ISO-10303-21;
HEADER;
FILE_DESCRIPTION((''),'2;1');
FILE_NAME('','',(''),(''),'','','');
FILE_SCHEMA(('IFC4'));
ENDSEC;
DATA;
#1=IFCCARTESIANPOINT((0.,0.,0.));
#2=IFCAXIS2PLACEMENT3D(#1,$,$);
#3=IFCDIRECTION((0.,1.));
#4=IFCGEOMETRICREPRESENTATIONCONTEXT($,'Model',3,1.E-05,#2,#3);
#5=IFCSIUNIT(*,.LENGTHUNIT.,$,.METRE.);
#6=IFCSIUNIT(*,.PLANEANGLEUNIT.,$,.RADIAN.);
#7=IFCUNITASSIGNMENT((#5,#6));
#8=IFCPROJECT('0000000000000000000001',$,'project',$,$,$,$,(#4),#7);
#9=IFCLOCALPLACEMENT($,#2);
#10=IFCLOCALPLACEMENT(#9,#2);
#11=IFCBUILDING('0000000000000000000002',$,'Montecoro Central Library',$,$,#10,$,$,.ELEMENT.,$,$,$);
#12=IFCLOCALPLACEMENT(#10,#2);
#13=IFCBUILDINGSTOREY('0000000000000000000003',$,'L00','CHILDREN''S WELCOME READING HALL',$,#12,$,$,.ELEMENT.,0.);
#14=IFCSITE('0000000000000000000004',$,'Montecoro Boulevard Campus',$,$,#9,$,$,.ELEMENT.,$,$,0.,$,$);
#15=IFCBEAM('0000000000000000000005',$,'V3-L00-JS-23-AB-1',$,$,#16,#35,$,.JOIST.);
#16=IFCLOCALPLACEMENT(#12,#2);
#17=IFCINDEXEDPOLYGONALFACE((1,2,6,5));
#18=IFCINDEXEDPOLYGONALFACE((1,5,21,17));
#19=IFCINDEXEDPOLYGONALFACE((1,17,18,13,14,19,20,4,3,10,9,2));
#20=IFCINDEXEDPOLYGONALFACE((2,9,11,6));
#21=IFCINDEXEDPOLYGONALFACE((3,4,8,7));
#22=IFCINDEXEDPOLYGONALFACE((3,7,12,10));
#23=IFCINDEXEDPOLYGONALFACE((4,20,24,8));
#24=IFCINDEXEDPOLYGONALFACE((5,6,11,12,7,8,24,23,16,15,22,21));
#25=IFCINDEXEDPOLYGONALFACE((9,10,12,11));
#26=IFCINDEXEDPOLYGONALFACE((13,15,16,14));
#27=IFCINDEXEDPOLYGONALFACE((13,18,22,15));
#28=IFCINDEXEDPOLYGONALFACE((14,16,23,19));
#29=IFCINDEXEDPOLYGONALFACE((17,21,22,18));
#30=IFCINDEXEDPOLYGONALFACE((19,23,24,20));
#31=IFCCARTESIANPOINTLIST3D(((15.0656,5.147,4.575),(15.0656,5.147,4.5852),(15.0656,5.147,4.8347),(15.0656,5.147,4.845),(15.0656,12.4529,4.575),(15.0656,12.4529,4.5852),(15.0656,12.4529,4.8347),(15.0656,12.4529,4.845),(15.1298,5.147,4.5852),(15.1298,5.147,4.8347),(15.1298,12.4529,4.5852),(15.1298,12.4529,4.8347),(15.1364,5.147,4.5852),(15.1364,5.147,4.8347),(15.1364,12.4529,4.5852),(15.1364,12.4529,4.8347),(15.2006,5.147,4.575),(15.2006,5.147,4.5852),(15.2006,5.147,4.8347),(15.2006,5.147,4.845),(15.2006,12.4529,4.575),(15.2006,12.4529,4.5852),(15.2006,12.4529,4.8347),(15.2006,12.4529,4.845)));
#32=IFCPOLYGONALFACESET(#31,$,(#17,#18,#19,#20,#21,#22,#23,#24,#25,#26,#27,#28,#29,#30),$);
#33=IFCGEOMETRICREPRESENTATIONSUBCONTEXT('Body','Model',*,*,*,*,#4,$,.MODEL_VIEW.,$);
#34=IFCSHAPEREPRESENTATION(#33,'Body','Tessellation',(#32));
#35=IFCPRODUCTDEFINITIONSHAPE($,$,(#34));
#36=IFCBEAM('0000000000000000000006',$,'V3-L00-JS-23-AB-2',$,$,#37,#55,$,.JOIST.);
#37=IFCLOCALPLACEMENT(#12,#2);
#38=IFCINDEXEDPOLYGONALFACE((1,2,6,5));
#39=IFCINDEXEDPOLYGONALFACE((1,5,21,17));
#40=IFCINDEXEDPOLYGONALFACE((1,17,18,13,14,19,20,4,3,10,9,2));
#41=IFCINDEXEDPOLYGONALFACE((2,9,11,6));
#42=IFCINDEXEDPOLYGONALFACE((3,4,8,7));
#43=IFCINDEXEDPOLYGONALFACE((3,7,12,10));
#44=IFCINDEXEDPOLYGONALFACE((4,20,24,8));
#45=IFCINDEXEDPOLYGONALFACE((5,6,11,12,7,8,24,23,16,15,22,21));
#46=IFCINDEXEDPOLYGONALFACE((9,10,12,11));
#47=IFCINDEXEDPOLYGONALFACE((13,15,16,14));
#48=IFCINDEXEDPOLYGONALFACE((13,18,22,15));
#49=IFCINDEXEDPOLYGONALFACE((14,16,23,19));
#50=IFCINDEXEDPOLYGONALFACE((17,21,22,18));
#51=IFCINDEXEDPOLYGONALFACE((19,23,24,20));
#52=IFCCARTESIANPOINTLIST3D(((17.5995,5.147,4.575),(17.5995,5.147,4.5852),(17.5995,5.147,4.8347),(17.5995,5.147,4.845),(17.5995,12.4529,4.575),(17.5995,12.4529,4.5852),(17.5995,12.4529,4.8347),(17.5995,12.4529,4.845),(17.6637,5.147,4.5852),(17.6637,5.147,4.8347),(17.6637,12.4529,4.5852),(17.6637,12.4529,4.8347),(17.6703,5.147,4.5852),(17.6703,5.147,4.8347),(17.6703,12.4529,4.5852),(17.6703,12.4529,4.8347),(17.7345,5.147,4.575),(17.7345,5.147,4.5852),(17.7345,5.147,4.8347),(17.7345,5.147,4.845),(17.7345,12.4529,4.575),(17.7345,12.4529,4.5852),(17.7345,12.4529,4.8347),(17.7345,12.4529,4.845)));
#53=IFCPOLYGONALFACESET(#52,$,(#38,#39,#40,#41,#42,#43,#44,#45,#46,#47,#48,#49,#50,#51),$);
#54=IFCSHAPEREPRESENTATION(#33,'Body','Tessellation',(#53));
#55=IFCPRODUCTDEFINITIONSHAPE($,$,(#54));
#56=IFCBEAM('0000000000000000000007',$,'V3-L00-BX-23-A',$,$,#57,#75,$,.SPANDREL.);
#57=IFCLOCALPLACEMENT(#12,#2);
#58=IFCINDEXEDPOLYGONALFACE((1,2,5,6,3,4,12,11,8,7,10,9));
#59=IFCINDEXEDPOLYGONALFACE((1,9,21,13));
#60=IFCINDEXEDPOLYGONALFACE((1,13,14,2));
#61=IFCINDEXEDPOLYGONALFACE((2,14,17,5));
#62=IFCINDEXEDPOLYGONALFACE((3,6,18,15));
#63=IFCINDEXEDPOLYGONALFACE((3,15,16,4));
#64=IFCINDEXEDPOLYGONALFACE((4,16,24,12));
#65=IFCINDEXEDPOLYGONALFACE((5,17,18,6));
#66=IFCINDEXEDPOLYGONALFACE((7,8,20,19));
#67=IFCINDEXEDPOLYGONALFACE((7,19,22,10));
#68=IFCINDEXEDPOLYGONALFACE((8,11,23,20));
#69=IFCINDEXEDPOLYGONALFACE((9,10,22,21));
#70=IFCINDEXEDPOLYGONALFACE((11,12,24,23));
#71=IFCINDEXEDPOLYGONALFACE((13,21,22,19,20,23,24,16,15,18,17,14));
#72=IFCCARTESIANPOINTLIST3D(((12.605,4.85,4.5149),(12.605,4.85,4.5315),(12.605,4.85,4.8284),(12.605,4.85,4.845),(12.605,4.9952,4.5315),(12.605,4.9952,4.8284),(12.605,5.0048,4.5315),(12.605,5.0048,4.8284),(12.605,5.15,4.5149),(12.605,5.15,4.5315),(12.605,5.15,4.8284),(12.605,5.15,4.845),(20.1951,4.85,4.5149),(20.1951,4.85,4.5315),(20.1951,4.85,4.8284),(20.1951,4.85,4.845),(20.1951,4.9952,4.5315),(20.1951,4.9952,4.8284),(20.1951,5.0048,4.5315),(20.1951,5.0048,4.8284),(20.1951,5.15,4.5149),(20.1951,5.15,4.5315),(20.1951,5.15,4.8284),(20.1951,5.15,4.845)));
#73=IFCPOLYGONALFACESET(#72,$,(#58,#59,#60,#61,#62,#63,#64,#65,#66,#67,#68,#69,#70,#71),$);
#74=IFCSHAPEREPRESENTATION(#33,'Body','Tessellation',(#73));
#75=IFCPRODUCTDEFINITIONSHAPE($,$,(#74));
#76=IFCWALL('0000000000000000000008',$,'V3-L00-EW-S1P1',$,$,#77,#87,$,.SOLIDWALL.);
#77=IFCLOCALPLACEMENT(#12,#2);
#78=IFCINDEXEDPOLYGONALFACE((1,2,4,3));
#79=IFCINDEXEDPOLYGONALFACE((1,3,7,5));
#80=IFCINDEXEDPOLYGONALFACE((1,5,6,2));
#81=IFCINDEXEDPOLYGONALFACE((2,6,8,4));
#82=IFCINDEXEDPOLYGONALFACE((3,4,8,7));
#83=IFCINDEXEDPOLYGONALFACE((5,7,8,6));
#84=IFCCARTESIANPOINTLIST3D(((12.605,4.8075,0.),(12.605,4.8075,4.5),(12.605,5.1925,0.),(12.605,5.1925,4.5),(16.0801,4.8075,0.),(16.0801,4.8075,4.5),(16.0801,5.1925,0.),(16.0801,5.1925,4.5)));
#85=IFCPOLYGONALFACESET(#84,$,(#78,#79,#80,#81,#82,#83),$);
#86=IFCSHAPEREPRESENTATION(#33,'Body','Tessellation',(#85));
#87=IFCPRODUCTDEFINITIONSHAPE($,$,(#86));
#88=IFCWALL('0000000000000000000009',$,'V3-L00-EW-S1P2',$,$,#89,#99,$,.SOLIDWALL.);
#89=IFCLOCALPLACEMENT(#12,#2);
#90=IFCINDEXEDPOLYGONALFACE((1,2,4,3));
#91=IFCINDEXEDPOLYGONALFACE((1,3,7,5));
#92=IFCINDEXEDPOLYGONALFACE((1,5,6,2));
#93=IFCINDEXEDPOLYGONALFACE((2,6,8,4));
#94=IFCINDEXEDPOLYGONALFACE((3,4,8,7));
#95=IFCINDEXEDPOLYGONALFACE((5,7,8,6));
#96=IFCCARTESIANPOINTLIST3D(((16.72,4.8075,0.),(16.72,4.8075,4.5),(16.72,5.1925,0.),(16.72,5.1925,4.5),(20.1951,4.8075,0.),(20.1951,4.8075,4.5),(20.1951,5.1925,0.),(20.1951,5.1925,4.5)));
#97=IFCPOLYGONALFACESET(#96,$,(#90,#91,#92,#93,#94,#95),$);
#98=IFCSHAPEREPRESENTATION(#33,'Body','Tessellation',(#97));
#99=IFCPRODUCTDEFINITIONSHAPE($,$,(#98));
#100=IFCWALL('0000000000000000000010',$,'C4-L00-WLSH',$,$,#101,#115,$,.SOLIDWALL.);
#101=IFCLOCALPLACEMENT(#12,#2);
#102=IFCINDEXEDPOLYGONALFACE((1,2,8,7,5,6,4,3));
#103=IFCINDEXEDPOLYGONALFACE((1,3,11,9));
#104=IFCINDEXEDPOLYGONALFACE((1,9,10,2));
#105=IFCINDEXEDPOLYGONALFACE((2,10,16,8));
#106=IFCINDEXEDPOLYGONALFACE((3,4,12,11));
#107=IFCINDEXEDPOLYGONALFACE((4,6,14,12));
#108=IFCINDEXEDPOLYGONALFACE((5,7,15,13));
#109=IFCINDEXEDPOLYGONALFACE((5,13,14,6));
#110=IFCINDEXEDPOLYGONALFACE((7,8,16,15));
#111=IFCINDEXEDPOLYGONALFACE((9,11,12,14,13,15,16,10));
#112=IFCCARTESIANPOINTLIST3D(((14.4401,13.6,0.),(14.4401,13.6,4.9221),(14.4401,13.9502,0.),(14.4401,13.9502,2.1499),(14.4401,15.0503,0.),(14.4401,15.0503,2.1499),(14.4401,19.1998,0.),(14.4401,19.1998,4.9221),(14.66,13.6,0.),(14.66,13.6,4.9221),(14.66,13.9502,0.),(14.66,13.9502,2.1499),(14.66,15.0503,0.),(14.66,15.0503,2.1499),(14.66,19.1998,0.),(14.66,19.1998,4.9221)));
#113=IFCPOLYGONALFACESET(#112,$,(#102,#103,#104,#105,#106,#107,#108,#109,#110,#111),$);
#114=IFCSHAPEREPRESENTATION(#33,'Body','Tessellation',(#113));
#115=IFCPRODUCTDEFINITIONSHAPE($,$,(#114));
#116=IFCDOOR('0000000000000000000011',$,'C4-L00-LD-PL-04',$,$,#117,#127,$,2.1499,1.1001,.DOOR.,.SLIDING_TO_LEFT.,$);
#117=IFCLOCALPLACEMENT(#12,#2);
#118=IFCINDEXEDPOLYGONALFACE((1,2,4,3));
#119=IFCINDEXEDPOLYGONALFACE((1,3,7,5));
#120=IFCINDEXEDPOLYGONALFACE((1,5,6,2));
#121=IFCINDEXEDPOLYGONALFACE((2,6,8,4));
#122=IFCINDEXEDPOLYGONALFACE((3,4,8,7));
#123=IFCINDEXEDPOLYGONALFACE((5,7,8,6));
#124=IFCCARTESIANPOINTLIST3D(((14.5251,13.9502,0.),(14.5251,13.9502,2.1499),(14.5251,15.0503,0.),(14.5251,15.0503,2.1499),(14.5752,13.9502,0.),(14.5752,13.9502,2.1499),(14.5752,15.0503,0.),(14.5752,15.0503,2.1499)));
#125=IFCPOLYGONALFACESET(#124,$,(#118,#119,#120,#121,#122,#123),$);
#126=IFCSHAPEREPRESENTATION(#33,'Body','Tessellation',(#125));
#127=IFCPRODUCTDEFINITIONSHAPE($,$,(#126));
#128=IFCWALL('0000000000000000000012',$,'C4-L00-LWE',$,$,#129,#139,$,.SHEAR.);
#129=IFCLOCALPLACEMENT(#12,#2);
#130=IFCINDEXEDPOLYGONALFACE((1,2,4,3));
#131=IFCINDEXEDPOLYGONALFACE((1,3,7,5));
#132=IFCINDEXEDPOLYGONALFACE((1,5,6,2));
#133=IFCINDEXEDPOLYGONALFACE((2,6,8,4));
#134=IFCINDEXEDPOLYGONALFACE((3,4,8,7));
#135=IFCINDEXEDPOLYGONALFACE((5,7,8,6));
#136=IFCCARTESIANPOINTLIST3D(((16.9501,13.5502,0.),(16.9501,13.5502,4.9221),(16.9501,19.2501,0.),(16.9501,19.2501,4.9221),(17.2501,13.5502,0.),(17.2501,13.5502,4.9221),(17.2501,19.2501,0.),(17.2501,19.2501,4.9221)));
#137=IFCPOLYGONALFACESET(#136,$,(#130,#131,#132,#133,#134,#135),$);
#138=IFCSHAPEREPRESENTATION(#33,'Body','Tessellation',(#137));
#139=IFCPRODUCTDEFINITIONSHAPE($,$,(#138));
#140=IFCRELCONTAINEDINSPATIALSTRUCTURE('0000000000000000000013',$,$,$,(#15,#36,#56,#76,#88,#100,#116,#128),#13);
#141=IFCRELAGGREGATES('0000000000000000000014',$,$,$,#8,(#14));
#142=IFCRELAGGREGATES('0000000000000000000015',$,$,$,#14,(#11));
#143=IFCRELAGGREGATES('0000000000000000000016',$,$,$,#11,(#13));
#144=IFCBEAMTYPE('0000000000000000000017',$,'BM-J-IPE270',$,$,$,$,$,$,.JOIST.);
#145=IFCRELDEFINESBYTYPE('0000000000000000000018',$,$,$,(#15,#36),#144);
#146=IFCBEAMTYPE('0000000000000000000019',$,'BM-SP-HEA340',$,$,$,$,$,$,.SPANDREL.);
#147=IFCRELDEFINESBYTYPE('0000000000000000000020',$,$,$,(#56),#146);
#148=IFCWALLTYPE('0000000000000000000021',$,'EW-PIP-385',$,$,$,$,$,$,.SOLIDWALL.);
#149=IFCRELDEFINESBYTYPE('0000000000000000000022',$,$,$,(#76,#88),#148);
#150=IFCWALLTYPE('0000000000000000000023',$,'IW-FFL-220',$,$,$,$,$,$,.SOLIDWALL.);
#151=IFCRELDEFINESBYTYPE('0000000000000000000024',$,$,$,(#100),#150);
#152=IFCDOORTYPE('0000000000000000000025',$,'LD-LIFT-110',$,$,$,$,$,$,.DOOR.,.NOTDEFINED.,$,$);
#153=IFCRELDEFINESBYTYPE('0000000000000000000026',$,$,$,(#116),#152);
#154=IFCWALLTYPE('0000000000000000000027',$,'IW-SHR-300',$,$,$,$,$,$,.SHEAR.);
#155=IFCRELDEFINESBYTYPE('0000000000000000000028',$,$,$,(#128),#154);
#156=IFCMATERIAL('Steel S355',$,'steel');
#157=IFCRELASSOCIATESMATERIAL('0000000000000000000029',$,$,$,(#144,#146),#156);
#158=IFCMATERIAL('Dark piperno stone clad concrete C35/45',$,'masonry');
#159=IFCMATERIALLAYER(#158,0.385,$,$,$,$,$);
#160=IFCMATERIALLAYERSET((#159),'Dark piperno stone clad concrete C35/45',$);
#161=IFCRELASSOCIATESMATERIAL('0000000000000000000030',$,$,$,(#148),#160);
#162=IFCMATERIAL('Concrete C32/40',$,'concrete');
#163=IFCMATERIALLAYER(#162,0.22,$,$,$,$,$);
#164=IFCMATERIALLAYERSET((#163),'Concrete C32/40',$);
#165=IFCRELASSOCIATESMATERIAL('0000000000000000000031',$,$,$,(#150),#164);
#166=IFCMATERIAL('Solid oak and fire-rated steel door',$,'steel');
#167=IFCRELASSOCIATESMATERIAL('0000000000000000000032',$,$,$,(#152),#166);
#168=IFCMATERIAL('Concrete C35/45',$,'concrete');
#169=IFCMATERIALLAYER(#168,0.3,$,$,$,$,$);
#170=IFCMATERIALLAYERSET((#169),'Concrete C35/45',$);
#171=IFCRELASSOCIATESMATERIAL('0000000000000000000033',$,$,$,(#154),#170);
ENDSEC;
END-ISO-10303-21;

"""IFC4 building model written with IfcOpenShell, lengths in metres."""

from ifc_helpers import new_model, si_unit, direction, frame, frame_2d, origin, origin_2d, place, context, subcontext, project, spatial, rectangle, i_section, extrude, material, layer, layer_set, material_profile, profile_set, type_object, element, fill, save


model = new_model("IFC4")

# Units and contexts
model_context = context("Model", 3, precision=1e-05, world=origin(), true_north=direction((0.0, 1.0)))
body_context = subcontext(model_context, "Body", "Model", "MODEL_VIEW")
ifc_project = project(units=[si_unit("LENGTHUNIT", "METRE"), si_unit("PLANEANGLEUNIT", "RADIAN")], contexts=[model_context])

# Site, building, storey
site_placement = place(None, origin())
site = spatial("IfcSite", under=ifc_project, at=site_placement, Name="Montecoro Boulevard Campus", CompositionType="ELEMENT", RefElevation=0.0)
building_placement = place(site_placement, origin())
building = spatial("IfcBuilding", under=site, at=building_placement, Name="Montecoro Central Library", CompositionType="ELEMENT")
storey_placement = place(building_placement, origin())
storey = spatial("IfcBuildingStorey", under=building, at=storey_placement, Name="L00", Description="CHILDREN'S WELCOME READING HALL", CompositionType="ELEMENT", Elevation=0.0)

# Shared definitions
ifc_material_1 = material(Name="Concrete C35/45", Category="concrete")

# Shared definitions
ifc_material_2 = material(Name="Steel S355", Category="steel")

# Beams
ifc_material_profile_1 = material_profile(ifc_material_2, i_section(OverallWidth=0.135, OverallDepth=0.27, WebThickness=0.0066, FlangeThickness=0.0103, at=origin_2d()), Name="IPE 270")
ifc_profile_set_1 = profile_set([ifc_material_profile_1], Name="Steel S355")
beam_type_1 = type_object("IfcBeamType", Name="BM-J-IPE270", PredefinedType="JOIST", material=ifc_profile_set_1)
for number, where, z_axis, x_axis, name in (
    (1, (15.1331, 5.147, 4.71), (0.0, 1.0, 0.0), (-1.0, 0.0, 0.0), "V3-L00-JS-23-AB-1"),
    (2, (17.667, 5.147, 4.71), (0.0, 1.0, 0.0), (-1.0, 0.0, 0.0), "V3-L00-JS-23-AB-2"),
):
    element("IfcBeam", number, at=place(storey_placement, frame(where, z_axis=z_axis, x_axis=x_axis)), inside=storey, type_object=beam_type_1, Name=name, PredefinedType="JOIST", context=body_context, shape_type="SweptSolid", body=[
        extrude(i_section(OverallWidth=0.135, OverallDepth=0.27, WebThickness=0.0066, FlangeThickness=0.0103, at=origin_2d()), origin(), (0.0, 0.0, 1.0), 7.3059),
    ])
ifc_material_profile_2 = material_profile(ifc_material_2, i_section(OverallWidth=0.3, OverallDepth=0.3301, WebThickness=0.0095, FlangeThickness=0.0166, at=origin_2d()), Name="HEA 340")
ifc_profile_set_2 = profile_set([ifc_material_profile_2], Name="Steel S355")
beam_type_2 = type_object("IfcBeamType", Name="BM-SP-HEA340", PredefinedType="SPANDREL", material=ifc_profile_set_2)
beam_1_placement = place(storey_placement, frame((12.605, 5.0, 4.6799), z_axis=(1.0, 0.0, 0.0), x_axis=(0.0, 1.0, 0.0)))
element("IfcBeam", 3, at=beam_1_placement, inside=storey, type_object=beam_type_2, Name="V3-L00-BX-23-A", PredefinedType="SPANDREL", context=body_context, shape_type="SweptSolid", body=[
    extrude(i_section(OverallWidth=0.3, OverallDepth=0.3301, WebThickness=0.0095, FlangeThickness=0.0166, at=origin_2d()), origin(), (0.0, 0.0, 1.0), 7.5901),
])

# Walls
ifc_material_3 = material(Name="Dark piperno stone clad concrete C35/45", Category="masonry")
ifc_layer_1 = layer(ifc_material_3, 0.385)
ifc_layer_set_1 = layer_set([ifc_layer_1], Name="Dark piperno stone clad concrete C35/45")
wall_type_1 = type_object("IfcWallType", Name="EW-PIP-385", PredefinedType="SOLIDWALL", material=ifc_layer_set_1)
for number, where, z_axis, x_axis, name in (
    (4, (12.605, 5.0, 0.0), (0.0, 0.0, 1.0), (1.0, 0.0, 0.0), "V3-L00-EW-S1P1"),
    (5, (16.72, 5.0, 0.0), (0.0, 0.0, 1.0), (1.0, 0.0, 0.0), "V3-L00-EW-S1P2"),
):
    element("IfcWall", number, at=place(storey_placement, frame(where, z_axis=z_axis, x_axis=x_axis)), inside=storey, type_object=wall_type_1, Name=name, PredefinedType="SOLIDWALL", context=body_context, shape_type="SweptSolid", body=[
        extrude(rectangle(XDim=3.4751, YDim=0.385, at=frame_2d((1.7375, 0.0))), origin(), (0.0, 0.0, 1.0), 4.5),
    ])

# Wall, opening, door
ifc_material_4 = material(Name="Concrete C32/40", Category="concrete")
ifc_layer_2 = layer(ifc_material_4, 0.22)
ifc_layer_set_2 = layer_set([ifc_layer_2], Name="Concrete C32/40")
wall_type_2 = type_object("IfcWallType", Name="IW-FFL-220", PredefinedType="SOLIDWALL", material=ifc_layer_set_2)
wall_1_placement = place(storey_placement, frame((14.55, 13.6001, 0.0), z_axis=(0.0, 0.0, 1.0), x_axis=(0.0, 1.0, 0.0)))
wall_1 = element("IfcWall", 6, at=wall_1_placement, inside=storey, type_object=wall_type_2, Name="C4-L00-WLSH", PredefinedType="SOLIDWALL", context=body_context, shape_type="SweptSolid", body=[
    extrude(rectangle(XDim=5.5999, YDim=0.22, at=frame_2d((2.7998, 0.0))), origin(), (0.0, 0.0, 1.0), 4.9221),
])
opening_placement = place(wall_1_placement, frame((0.3501, 0.0, 0.0)))
opening = element("IfcOpeningElement", 7, at=opening_placement, cuts=wall_1, PredefinedType="OPENING", context=body_context, shape_type="SweptSolid", body=[
    extrude(rectangle(XDim=1.1001, YDim=2.1499, at=frame_2d((0.55, 1.075))), frame((0.0, 0.1199, 0.0), z_axis=(0.0, -1.0, 0.0), x_axis=(1.0, 0.0, 0.0)), (0.0, 0.0, 1.0), 0.24),
])
ifc_material_5 = material(Name="Solid oak and fire-rated steel door", Category="steel")
door_type = type_object("IfcDoorType", Name="LD-LIFT-110", OperationType="NOTDEFINED", PredefinedType="DOOR", material=ifc_material_5)
door_placement = place(opening_placement, origin())
door = element("IfcDoor", 8, at=door_placement, inside=storey, type_object=door_type, Name="C4-L00-LD-PL-04", OperationType="SLIDING_TO_LEFT", OverallHeight=2.1499, OverallWidth=1.1001, PredefinedType="DOOR", context=body_context, shape_type="SweptSolid", body=[
    extrude(rectangle(XDim=1.1001, YDim=2.1499, at=frame_2d((0.55, 1.075))), frame((0.0, 0.0249, 0.0), z_axis=(0.0, -1.0, 0.0), x_axis=(1.0, 0.0, 0.0)), (0.0, 0.0, 1.0), 0.05),
])
fill(opening, door)

# Wall
ifc_layer_3 = layer(ifc_material_1, 0.3)
ifc_layer_set_3 = layer_set([ifc_layer_3], Name="Concrete C35/45")
wall_type_3 = type_object("IfcWallType", Name="IW-SHR-300", PredefinedType="SHEAR", material=ifc_layer_set_3)
wall_2_placement = place(storey_placement, frame((17.1001, 13.55, 0.0), z_axis=(0.0, 0.0, 1.0), x_axis=(0.0, 1.0, 0.0)))
element("IfcWall", 9, at=wall_2_placement, inside=storey, type_object=wall_type_3, Name="C4-L00-LWE", PredefinedType="SHEAR", context=body_context, shape_type="SweptSolid", body=[
    extrude(rectangle(XDim=5.7, YDim=0.3, at=frame_2d((2.8501, 0.0))), origin(), (0.0, 0.0, 1.0), 4.9221),
])

save(model, "model.ifc")
